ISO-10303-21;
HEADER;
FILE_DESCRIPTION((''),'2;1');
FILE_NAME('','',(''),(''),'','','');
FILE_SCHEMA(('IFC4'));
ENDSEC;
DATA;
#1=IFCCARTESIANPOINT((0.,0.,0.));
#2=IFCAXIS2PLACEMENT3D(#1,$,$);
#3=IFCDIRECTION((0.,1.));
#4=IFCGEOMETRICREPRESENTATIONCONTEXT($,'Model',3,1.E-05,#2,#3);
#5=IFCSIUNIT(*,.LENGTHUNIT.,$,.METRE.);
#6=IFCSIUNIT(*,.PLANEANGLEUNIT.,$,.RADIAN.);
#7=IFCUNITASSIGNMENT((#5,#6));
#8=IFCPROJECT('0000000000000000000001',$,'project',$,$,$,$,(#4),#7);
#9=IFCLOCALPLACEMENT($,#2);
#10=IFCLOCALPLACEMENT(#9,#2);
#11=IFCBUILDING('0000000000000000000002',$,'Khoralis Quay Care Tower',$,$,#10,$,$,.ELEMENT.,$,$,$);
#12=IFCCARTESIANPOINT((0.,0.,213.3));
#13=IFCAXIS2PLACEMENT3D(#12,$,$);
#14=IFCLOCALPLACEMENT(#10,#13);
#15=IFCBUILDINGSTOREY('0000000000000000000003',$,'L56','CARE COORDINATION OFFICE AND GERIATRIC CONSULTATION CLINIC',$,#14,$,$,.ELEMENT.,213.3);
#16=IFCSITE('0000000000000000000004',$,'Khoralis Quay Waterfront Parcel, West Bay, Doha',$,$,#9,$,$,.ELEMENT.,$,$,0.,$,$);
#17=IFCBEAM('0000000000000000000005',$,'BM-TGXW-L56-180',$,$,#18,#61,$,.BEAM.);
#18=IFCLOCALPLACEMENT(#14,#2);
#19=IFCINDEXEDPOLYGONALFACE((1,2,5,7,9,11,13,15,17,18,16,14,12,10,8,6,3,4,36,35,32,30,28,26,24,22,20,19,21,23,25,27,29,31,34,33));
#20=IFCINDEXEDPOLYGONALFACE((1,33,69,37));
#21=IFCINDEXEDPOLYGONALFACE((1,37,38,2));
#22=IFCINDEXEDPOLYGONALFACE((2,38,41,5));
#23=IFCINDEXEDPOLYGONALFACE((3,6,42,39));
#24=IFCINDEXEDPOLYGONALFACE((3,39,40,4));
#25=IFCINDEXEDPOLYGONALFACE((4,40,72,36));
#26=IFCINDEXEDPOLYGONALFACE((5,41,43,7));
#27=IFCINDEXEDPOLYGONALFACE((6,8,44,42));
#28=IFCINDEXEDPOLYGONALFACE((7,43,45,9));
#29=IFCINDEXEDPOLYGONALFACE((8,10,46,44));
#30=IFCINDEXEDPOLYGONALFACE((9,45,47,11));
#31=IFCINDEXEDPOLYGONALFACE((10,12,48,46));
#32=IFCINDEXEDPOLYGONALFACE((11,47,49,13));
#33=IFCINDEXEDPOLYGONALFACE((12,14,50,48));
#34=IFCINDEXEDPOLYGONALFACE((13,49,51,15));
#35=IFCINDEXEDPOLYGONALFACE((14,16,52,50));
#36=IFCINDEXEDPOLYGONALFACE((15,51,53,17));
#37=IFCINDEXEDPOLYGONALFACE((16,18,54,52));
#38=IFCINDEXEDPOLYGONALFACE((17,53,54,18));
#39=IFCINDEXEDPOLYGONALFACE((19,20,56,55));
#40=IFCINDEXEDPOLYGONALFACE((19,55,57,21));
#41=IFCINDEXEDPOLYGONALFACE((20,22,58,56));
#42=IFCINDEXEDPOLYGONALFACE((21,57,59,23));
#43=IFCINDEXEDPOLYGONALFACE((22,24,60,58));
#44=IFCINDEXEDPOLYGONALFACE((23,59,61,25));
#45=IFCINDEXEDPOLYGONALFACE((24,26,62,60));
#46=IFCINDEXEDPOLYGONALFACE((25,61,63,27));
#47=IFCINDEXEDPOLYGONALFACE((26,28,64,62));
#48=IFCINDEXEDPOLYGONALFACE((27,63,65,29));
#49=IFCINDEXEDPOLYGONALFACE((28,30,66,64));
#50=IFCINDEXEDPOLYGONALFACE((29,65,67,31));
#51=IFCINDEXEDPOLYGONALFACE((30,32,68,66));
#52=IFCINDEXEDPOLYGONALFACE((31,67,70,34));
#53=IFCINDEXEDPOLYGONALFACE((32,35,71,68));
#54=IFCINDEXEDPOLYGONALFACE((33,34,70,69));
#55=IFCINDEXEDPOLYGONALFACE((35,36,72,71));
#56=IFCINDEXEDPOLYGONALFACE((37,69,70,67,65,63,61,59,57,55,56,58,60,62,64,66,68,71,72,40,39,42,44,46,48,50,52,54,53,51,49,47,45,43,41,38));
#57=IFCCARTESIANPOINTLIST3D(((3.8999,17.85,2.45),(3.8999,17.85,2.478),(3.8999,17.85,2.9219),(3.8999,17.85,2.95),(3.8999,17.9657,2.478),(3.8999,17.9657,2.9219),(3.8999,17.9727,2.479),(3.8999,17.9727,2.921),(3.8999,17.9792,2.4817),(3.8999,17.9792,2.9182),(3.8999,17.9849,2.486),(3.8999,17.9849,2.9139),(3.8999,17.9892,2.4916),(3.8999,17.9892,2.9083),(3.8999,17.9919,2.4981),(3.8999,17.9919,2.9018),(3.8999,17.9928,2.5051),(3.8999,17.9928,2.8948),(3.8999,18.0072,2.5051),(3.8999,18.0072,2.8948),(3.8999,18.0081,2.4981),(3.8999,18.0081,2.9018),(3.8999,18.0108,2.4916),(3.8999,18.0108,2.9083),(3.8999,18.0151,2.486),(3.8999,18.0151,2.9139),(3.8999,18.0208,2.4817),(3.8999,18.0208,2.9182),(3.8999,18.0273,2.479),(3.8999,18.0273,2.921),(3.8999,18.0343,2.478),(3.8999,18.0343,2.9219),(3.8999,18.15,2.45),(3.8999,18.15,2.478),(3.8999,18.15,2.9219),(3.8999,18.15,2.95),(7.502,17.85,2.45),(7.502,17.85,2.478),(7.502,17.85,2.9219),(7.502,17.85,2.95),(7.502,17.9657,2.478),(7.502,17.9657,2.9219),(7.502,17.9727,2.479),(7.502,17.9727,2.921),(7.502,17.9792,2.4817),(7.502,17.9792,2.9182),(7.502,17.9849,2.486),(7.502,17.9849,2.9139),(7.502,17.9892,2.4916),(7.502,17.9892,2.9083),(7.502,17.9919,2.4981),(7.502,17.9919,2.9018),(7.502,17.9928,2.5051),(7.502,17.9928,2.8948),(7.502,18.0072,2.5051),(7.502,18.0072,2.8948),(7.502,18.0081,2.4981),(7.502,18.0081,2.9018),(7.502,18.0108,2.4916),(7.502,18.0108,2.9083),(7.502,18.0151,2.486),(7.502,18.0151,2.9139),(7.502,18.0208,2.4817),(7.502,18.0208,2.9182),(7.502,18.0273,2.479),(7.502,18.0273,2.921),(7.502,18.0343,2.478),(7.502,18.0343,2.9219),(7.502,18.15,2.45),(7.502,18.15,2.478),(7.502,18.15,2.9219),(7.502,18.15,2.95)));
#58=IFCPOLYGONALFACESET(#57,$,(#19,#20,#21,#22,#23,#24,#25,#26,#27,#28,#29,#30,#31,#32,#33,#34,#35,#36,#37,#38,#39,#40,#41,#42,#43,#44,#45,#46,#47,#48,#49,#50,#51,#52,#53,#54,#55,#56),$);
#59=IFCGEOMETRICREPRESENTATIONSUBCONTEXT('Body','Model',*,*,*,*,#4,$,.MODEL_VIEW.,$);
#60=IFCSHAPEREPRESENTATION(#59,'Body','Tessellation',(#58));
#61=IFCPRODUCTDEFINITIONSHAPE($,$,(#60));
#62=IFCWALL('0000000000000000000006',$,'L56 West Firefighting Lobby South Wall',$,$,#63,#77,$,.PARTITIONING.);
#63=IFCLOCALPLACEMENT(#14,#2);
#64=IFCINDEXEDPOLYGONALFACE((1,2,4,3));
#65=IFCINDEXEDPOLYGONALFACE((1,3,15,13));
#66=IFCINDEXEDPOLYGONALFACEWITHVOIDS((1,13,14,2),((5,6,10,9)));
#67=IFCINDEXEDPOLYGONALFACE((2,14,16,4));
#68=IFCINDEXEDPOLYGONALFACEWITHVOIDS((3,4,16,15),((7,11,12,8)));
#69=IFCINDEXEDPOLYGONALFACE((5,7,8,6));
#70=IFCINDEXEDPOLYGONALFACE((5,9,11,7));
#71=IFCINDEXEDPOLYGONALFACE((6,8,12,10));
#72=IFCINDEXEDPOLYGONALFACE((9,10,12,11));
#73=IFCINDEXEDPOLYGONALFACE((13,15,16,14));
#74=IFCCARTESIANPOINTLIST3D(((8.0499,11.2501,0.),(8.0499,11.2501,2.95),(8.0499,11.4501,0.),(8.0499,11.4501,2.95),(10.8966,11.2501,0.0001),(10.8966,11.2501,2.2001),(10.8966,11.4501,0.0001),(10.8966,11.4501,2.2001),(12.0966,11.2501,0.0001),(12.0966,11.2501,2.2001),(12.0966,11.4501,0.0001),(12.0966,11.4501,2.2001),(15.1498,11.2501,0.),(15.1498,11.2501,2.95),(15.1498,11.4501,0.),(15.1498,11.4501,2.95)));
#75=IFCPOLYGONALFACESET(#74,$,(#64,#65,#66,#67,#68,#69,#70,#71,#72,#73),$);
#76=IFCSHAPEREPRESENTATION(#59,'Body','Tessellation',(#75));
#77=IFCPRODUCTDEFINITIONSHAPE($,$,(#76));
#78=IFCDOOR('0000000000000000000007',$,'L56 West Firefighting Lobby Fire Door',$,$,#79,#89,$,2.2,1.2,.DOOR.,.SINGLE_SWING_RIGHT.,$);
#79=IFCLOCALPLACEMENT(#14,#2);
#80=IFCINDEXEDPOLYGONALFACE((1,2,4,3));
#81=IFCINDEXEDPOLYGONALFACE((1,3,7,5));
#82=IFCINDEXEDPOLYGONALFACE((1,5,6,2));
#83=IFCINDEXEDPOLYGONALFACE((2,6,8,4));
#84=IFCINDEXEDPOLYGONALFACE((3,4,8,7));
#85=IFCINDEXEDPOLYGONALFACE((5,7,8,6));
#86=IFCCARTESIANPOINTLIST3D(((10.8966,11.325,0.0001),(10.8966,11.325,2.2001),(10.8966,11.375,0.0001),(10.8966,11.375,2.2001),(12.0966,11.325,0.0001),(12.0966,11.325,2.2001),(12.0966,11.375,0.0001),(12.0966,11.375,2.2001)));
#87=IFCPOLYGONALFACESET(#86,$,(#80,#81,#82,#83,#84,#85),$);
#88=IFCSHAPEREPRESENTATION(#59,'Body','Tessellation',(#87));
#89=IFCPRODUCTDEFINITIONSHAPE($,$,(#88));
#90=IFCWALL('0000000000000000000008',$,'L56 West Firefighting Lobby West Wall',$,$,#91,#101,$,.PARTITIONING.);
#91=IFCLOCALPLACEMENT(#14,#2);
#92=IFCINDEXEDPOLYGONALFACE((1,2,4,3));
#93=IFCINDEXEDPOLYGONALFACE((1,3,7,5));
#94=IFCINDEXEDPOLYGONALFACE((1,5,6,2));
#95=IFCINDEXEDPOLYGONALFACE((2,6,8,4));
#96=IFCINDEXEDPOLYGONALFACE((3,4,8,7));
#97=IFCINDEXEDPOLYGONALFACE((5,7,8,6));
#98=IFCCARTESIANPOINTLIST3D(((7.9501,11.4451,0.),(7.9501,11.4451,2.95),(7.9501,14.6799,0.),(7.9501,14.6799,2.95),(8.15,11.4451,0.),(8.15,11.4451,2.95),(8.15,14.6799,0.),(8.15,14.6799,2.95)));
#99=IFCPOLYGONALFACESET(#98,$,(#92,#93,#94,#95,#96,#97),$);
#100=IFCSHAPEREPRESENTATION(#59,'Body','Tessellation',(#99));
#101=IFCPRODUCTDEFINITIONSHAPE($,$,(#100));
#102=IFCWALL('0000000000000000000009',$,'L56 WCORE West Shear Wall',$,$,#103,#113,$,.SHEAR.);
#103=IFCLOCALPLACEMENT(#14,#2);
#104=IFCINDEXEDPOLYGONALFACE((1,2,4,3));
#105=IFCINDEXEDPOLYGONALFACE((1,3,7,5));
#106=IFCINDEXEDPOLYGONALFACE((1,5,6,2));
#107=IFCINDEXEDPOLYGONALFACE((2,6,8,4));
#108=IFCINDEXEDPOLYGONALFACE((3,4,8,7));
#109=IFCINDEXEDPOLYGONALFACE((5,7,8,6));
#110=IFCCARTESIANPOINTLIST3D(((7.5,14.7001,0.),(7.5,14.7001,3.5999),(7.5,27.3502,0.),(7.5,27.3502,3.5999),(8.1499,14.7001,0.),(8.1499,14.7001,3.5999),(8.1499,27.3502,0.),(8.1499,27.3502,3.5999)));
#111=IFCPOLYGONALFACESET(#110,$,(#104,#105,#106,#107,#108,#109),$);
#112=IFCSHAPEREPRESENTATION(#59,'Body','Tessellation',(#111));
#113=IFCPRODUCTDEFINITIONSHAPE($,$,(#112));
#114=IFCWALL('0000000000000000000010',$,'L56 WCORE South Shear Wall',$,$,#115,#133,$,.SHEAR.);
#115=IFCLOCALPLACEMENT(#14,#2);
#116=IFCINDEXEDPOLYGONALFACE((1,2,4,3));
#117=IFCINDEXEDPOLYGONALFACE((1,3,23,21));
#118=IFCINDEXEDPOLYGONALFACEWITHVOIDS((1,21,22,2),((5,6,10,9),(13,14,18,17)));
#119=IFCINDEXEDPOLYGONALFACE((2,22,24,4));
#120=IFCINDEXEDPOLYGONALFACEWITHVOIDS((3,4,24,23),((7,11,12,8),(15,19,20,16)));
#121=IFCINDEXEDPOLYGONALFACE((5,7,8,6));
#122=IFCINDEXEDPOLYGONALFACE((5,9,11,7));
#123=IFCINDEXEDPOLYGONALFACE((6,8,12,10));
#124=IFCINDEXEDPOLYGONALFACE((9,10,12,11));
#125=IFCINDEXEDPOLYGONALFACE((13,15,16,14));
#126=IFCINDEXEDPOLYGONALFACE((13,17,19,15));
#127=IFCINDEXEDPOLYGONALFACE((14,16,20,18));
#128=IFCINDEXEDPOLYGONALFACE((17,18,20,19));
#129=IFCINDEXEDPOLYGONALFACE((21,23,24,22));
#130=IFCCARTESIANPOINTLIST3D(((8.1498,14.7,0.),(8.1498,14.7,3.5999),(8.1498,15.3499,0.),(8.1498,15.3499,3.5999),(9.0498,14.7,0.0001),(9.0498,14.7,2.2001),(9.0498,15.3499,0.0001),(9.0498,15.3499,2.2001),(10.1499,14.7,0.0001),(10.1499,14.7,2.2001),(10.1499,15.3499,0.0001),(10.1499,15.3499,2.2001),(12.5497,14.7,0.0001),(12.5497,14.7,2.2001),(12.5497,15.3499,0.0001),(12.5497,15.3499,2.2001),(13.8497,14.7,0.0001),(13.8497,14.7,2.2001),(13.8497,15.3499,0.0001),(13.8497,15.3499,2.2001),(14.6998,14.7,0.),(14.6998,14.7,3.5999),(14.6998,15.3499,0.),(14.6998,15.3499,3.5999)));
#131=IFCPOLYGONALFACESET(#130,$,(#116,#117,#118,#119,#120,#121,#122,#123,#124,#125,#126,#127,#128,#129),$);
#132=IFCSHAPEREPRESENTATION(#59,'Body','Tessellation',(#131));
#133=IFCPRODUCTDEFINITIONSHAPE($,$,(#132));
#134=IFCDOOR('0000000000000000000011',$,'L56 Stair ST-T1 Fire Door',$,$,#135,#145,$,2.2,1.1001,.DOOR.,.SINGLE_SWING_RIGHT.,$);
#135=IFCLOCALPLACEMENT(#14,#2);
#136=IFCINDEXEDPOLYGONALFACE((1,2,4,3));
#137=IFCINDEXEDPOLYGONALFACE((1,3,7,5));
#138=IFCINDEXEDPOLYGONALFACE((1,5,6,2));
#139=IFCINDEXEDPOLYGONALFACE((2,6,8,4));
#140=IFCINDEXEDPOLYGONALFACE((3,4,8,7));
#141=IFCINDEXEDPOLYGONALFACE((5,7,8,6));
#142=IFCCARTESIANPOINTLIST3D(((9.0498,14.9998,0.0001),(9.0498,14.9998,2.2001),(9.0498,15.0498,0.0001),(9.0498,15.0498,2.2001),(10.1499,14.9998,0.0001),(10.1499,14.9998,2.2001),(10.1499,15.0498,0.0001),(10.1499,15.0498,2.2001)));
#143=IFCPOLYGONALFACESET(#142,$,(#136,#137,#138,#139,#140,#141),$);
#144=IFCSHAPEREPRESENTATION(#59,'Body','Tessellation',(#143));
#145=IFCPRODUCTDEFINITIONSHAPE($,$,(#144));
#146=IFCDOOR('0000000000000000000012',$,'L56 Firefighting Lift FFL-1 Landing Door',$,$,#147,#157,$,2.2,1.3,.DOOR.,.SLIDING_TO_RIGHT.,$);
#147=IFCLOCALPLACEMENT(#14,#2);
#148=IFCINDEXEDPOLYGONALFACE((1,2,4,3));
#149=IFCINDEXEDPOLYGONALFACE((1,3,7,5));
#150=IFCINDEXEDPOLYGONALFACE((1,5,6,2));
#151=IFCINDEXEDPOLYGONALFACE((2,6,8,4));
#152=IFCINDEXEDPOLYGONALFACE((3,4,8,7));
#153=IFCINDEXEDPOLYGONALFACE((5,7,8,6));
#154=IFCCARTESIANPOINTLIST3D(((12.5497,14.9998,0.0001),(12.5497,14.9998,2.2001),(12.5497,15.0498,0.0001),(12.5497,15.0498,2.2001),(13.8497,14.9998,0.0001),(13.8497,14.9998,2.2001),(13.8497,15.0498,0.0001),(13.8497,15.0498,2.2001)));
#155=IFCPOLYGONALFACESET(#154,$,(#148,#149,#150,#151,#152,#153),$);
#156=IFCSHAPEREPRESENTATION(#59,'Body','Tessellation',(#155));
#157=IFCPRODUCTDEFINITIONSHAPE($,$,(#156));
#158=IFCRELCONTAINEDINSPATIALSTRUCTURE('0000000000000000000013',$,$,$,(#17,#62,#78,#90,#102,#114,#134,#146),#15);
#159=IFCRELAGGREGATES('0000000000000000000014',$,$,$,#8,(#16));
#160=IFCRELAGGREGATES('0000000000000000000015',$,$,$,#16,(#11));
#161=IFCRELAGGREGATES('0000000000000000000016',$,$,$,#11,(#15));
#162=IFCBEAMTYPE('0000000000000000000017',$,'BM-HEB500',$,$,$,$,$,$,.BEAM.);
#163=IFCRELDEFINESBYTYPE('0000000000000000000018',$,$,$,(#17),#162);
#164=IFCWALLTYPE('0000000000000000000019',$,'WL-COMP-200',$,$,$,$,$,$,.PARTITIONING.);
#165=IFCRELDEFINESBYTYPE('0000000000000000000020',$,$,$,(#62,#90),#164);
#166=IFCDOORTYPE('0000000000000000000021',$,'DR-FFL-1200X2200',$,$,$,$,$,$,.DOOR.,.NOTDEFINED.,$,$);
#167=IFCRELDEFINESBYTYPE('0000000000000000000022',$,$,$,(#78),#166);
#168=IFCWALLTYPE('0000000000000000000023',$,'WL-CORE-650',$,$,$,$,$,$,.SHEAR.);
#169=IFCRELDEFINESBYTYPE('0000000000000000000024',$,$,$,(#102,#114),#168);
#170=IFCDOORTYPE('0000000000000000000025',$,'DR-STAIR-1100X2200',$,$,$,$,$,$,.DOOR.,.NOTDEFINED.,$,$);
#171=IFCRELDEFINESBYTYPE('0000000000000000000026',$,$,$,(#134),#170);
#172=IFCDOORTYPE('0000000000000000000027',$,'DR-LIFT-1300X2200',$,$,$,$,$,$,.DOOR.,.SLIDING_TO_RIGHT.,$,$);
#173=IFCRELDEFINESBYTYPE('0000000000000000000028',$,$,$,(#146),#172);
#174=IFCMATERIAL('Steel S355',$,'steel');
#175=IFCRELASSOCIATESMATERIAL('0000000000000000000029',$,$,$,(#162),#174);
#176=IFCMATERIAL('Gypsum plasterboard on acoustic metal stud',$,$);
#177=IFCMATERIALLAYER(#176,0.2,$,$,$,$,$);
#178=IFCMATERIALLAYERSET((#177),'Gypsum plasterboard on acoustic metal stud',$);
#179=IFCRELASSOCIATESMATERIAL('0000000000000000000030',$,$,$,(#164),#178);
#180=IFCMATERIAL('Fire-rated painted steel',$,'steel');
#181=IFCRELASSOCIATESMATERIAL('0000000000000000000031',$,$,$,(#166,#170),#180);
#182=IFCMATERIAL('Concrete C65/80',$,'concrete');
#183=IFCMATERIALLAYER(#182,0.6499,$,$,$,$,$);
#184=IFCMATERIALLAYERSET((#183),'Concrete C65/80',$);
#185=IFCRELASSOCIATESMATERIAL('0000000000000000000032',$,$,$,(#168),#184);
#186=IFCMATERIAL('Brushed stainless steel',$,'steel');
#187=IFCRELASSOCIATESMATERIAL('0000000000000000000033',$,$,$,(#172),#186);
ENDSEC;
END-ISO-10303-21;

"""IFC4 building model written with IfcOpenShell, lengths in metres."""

from ifc_helpers import new_model, si_unit, direction, frame, frame_2d, origin, origin_2d, place, context, subcontext, project, spatial, rectangle, i_section, extrude, source, transform, mapped, material, layer, layer_set, material_profile, profile_set, type_object, element, fill, save


model = new_model("IFC4")

# Units and contexts
model_context = context("Model", 3, precision=1e-05, world=origin(), true_north=direction((0.0, 1.0)))
body_context = subcontext(model_context, "Body", "Model", "MODEL_VIEW")
ifc_project = project(units=[si_unit("LENGTHUNIT", "METRE"), si_unit("PLANEANGLEUNIT", "RADIAN")], contexts=[model_context])

# Site, building, storey
site_placement = place(None, origin())
site = spatial("IfcSite", under=ifc_project, at=site_placement, Name="Khoralis Quay Waterfront Parcel, West Bay, Doha", CompositionType="ELEMENT", RefElevation=0.0)
building_placement = place(site_placement, origin())
building = spatial("IfcBuilding", under=site, at=building_placement, Name="Khoralis Quay Care Tower", CompositionType="ELEMENT")
storey_placement = place(building_placement, frame((0.0, 0.0, 213.3)))
storey = spatial("IfcBuildingStorey", under=building, at=storey_placement, Name="L56", Description="CARE COORDINATION OFFICE AND GERIATRIC CONSULTATION CLINIC", CompositionType="ELEMENT", Elevation=213.3)

# Shared definitions
ifc_material_1 = material(Name="Concrete C65/80", Category="concrete")

# Beam
ifc_material_2 = material(Name="Steel S355", Category="steel")
ifc_material_profile_1 = material_profile(ifc_material_2, i_section(OverallWidth=0.3, OverallDepth=0.5, WebThickness=0.0144, FlangeThickness=0.0281, FilletRadius=0.0271, at=origin_2d()), Name="Steel S355")
ifc_profile_set_1 = profile_set([ifc_material_profile_1], Name="Steel S355")
beam_type_1 = type_object("IfcBeamType", Name="BM-HEB500", PredefinedType="BEAM", material=ifc_profile_set_1)
shared_shape_1 = source(origin(), body_context, "Body", "SweptSolid", [
    extrude(i_section(OverallWidth=0.3, OverallDepth=0.5, WebThickness=0.0144, FlangeThickness=0.0281, FilletRadius=0.0271, at=origin_2d()), origin(), (0.0, 0.0, 1.0), 3.6021),
])
beam_1_placement = place(storey_placement, frame((3.8999, 18.0, 2.7), z_axis=(1.0, 0.0, 0.0), x_axis=(0.0, 1.0, 0.0)))
element("IfcBeam", 1, at=beam_1_placement, inside=storey, type_object=beam_type_1, Name="BM-TGXW-L56-180", PredefinedType="BEAM", context=body_context, shape_type="MappedRepresentation", body=[
    mapped(shared_shape_1, transform((0.0, 0.0, 0.0), scale=1.0)),
])

# Wall, opening, door
ifc_material_3 = material(Name="Gypsum plasterboard on acoustic metal stud")
ifc_layer_1 = layer(ifc_material_3, 0.2)
ifc_layer_set_1 = layer_set([ifc_layer_1], Name="Gypsum plasterboard on acoustic metal stud")
wall_type_1 = type_object("IfcWallType", Name="WL-COMP-200", PredefinedType="PARTITIONING", material=ifc_layer_set_1)
wall_1_placement = place(storey_placement, frame((8.05, 11.3501, 0.0), z_axis=(0.0, 0.0, 1.0), x_axis=(1.0, 0.0, 0.0)))
wall_1 = element("IfcWall", 2, at=wall_1_placement, inside=storey, type_object=wall_type_1, Name="L56 West Firefighting Lobby South Wall", PredefinedType="PARTITIONING", context=body_context, shape_type="SweptSolid", body=[
    extrude(rectangle(XDim=7.0999, YDim=0.2, at=frame_2d((3.5498, 0.0))), origin(), (0.0, 0.0, 1.0), 2.95),
])
opening_1_placement = place(wall_1_placement, frame((2.8464, 0.0, 0.0)))
opening_1 = element("IfcOpeningElement", 3, at=opening_1_placement, cuts=wall_1, PredefinedType="OPENING", context=body_context, shape_type="SweptSolid", body=[
    extrude(rectangle(XDim=1.2, YDim=2.2, at=frame_2d((0.6001, 1.1001))), frame((0.0, 0.1099, 0.0), z_axis=(0.0, -1.0, 0.0), x_axis=(1.0, 0.0, 0.0)), (0.0, 0.0, 1.0), 0.22),
])
ifc_material_4 = material(Name="Fire-rated painted steel", Category="steel")
door_type_1 = type_object("IfcDoorType", Name="DR-FFL-1200X2200", OperationType="NOTDEFINED", PredefinedType="DOOR", material=ifc_material_4)
shared_shape_2 = source(origin(), body_context, "Body", "SweptSolid", [
    extrude(rectangle(XDim=1.2, YDim=2.2, at=frame_2d((0.6001, 1.1001))), frame((0.0, 0.0249, 0.0), z_axis=(0.0, -1.0, 0.0), x_axis=(1.0, 0.0, 0.0)), (0.0, 0.0, 1.0), 0.05),
])
door_1_placement = place(opening_1_placement, origin())
door_1 = element("IfcDoor", 4, at=door_1_placement, inside=storey, type_object=door_type_1, Name="L56 West Firefighting Lobby Fire Door", OperationType="SINGLE_SWING_RIGHT", OverallHeight=2.2, OverallWidth=1.2, PredefinedType="DOOR", context=body_context, shape_type="MappedRepresentation", body=[
    mapped(shared_shape_2, transform((0.0, 0.0, 0.0), scale=1.0)),
])
fill(opening_1, door_1)

# Walls
wall_2_placement = place(storey_placement, frame((8.05, 11.4451, 0.0), z_axis=(0.0, 0.0, 1.0), x_axis=(0.0, 1.0, 0.0)))
element("IfcWall", 5, at=wall_2_placement, inside=storey, type_object=wall_type_1, Name="L56 West Firefighting Lobby West Wall", PredefinedType="PARTITIONING", context=body_context, shape_type="SweptSolid", body=[
    extrude(rectangle(XDim=3.2349, YDim=0.2, at=frame_2d((1.6174, 0.0))), origin(), (0.0, 0.0, 1.0), 2.95),
])
ifc_layer_2 = layer(ifc_material_1, 0.6499)
ifc_layer_set_2 = layer_set([ifc_layer_2], Name="Concrete C65/80")
wall_type_2 = type_object("IfcWallType", Name="WL-CORE-650", PredefinedType="SHEAR", material=ifc_layer_set_2)
wall_3_placement = place(storey_placement, frame((7.825, 14.7, 0.0), z_axis=(0.0, 0.0, 1.0), x_axis=(0.0, 1.0, 0.0)))
element("IfcWall", 6, at=wall_3_placement, inside=storey, type_object=wall_type_2, Name="L56 WCORE West Shear Wall", PredefinedType="SHEAR", context=body_context, shape_type="SweptSolid", body=[
    extrude(rectangle(XDim=12.6501, YDim=0.6499, at=frame_2d((6.3252, 0.0))), origin(), (0.0, 0.0, 1.0), 3.5999),
])

# Wall, openings, doors
wall_4_placement = place(storey_placement, frame((8.1499, 15.0249, 0.0), z_axis=(0.0, 0.0, 1.0), x_axis=(1.0, 0.0, 0.0)))
wall_4 = element("IfcWall", 7, at=wall_4_placement, inside=storey, type_object=wall_type_2, Name="L56 WCORE South Shear Wall", PredefinedType="SHEAR", context=body_context, shape_type="SweptSolid", body=[
    extrude(rectangle(XDim=6.55, YDim=0.6499, at=frame_2d((3.2749, 0.0))), origin(), (0.0, 0.0, 1.0), 3.5999),
])
opening_2_placement = place(wall_4_placement, frame((0.8999, 0.0, 0.0)))
opening_2 = element("IfcOpeningElement", 8, at=opening_2_placement, cuts=wall_4, PredefinedType="OPENING", context=body_context, shape_type="SweptSolid", body=[
    extrude(rectangle(XDim=1.1001, YDim=2.2, at=frame_2d((0.55, 1.1001))), frame((0.0, 0.335, 0.0), z_axis=(0.0, -1.0, 0.0), x_axis=(1.0, 0.0, 0.0)), (0.0, 0.0, 1.0), 0.6699),
])
opening_3_placement = place(wall_4_placement, frame((4.3999, 0.0, 0.0)))
opening_3 = element("IfcOpeningElement", 9, at=opening_3_placement, cuts=wall_4, PredefinedType="OPENING", context=body_context, shape_type="SweptSolid", body=[
    extrude(rectangle(XDim=1.3, YDim=2.2, at=frame_2d((0.6499, 1.1001))), frame((0.0, 0.335, 0.0), z_axis=(0.0, -1.0, 0.0), x_axis=(1.0, 0.0, 0.0)), (0.0, 0.0, 1.0), 0.6699),
])
door_type_2 = type_object("IfcDoorType", Name="DR-STAIR-1100X2200", OperationType="NOTDEFINED", PredefinedType="DOOR", material=ifc_material_4)
shared_shape_3 = source(origin(), body_context, "Body", "SweptSolid", [
    extrude(rectangle(XDim=1.1001, YDim=2.2, at=frame_2d((0.55, 1.1001))), frame((0.0, 0.0249, 0.0), z_axis=(0.0, -1.0, 0.0), x_axis=(1.0, 0.0, 0.0)), (0.0, 0.0, 1.0), 0.05),
])
door_2_placement = place(opening_2_placement, origin())
door_2 = element("IfcDoor", 10, at=door_2_placement, inside=storey, type_object=door_type_2, Name="L56 Stair ST-T1 Fire Door", OperationType="SINGLE_SWING_RIGHT", OverallHeight=2.2, OverallWidth=1.1001, PredefinedType="DOOR", context=body_context, shape_type="MappedRepresentation", body=[
    mapped(shared_shape_3, transform((0.0, 0.0, 0.0), scale=1.0)),
])
fill(opening_2, door_2)
ifc_material_5 = material(Name="Brushed stainless steel", Category="steel")
door_type_3 = type_object("IfcDoorType", Name="DR-LIFT-1300X2200", OperationType="SLIDING_TO_RIGHT", PredefinedType="DOOR", material=ifc_material_5)
shared_shape_4 = source(origin(), body_context, "Body", "SweptSolid", [
    extrude(rectangle(XDim=1.3, YDim=2.2, at=frame_2d((0.6499, 1.1001))), frame((0.0, 0.0249, 0.0), z_axis=(0.0, -1.0, 0.0), x_axis=(1.0, 0.0, 0.0)), (0.0, 0.0, 1.0), 0.05),
])
door_3_placement = place(opening_3_placement, origin())
door_3 = element("IfcDoor", 11, at=door_3_placement, inside=storey, type_object=door_type_3, Name="L56 Firefighting Lift FFL-1 Landing Door", OperationType="SLIDING_TO_RIGHT", OverallHeight=2.2, OverallWidth=1.3, PredefinedType="DOOR", context=body_context, shape_type="MappedRepresentation", body=[
    mapped(shared_shape_4, transform((0.0, 0.0, 0.0), scale=1.0)),
])
fill(opening_3, door_3)

save(model, "model.ifc")
